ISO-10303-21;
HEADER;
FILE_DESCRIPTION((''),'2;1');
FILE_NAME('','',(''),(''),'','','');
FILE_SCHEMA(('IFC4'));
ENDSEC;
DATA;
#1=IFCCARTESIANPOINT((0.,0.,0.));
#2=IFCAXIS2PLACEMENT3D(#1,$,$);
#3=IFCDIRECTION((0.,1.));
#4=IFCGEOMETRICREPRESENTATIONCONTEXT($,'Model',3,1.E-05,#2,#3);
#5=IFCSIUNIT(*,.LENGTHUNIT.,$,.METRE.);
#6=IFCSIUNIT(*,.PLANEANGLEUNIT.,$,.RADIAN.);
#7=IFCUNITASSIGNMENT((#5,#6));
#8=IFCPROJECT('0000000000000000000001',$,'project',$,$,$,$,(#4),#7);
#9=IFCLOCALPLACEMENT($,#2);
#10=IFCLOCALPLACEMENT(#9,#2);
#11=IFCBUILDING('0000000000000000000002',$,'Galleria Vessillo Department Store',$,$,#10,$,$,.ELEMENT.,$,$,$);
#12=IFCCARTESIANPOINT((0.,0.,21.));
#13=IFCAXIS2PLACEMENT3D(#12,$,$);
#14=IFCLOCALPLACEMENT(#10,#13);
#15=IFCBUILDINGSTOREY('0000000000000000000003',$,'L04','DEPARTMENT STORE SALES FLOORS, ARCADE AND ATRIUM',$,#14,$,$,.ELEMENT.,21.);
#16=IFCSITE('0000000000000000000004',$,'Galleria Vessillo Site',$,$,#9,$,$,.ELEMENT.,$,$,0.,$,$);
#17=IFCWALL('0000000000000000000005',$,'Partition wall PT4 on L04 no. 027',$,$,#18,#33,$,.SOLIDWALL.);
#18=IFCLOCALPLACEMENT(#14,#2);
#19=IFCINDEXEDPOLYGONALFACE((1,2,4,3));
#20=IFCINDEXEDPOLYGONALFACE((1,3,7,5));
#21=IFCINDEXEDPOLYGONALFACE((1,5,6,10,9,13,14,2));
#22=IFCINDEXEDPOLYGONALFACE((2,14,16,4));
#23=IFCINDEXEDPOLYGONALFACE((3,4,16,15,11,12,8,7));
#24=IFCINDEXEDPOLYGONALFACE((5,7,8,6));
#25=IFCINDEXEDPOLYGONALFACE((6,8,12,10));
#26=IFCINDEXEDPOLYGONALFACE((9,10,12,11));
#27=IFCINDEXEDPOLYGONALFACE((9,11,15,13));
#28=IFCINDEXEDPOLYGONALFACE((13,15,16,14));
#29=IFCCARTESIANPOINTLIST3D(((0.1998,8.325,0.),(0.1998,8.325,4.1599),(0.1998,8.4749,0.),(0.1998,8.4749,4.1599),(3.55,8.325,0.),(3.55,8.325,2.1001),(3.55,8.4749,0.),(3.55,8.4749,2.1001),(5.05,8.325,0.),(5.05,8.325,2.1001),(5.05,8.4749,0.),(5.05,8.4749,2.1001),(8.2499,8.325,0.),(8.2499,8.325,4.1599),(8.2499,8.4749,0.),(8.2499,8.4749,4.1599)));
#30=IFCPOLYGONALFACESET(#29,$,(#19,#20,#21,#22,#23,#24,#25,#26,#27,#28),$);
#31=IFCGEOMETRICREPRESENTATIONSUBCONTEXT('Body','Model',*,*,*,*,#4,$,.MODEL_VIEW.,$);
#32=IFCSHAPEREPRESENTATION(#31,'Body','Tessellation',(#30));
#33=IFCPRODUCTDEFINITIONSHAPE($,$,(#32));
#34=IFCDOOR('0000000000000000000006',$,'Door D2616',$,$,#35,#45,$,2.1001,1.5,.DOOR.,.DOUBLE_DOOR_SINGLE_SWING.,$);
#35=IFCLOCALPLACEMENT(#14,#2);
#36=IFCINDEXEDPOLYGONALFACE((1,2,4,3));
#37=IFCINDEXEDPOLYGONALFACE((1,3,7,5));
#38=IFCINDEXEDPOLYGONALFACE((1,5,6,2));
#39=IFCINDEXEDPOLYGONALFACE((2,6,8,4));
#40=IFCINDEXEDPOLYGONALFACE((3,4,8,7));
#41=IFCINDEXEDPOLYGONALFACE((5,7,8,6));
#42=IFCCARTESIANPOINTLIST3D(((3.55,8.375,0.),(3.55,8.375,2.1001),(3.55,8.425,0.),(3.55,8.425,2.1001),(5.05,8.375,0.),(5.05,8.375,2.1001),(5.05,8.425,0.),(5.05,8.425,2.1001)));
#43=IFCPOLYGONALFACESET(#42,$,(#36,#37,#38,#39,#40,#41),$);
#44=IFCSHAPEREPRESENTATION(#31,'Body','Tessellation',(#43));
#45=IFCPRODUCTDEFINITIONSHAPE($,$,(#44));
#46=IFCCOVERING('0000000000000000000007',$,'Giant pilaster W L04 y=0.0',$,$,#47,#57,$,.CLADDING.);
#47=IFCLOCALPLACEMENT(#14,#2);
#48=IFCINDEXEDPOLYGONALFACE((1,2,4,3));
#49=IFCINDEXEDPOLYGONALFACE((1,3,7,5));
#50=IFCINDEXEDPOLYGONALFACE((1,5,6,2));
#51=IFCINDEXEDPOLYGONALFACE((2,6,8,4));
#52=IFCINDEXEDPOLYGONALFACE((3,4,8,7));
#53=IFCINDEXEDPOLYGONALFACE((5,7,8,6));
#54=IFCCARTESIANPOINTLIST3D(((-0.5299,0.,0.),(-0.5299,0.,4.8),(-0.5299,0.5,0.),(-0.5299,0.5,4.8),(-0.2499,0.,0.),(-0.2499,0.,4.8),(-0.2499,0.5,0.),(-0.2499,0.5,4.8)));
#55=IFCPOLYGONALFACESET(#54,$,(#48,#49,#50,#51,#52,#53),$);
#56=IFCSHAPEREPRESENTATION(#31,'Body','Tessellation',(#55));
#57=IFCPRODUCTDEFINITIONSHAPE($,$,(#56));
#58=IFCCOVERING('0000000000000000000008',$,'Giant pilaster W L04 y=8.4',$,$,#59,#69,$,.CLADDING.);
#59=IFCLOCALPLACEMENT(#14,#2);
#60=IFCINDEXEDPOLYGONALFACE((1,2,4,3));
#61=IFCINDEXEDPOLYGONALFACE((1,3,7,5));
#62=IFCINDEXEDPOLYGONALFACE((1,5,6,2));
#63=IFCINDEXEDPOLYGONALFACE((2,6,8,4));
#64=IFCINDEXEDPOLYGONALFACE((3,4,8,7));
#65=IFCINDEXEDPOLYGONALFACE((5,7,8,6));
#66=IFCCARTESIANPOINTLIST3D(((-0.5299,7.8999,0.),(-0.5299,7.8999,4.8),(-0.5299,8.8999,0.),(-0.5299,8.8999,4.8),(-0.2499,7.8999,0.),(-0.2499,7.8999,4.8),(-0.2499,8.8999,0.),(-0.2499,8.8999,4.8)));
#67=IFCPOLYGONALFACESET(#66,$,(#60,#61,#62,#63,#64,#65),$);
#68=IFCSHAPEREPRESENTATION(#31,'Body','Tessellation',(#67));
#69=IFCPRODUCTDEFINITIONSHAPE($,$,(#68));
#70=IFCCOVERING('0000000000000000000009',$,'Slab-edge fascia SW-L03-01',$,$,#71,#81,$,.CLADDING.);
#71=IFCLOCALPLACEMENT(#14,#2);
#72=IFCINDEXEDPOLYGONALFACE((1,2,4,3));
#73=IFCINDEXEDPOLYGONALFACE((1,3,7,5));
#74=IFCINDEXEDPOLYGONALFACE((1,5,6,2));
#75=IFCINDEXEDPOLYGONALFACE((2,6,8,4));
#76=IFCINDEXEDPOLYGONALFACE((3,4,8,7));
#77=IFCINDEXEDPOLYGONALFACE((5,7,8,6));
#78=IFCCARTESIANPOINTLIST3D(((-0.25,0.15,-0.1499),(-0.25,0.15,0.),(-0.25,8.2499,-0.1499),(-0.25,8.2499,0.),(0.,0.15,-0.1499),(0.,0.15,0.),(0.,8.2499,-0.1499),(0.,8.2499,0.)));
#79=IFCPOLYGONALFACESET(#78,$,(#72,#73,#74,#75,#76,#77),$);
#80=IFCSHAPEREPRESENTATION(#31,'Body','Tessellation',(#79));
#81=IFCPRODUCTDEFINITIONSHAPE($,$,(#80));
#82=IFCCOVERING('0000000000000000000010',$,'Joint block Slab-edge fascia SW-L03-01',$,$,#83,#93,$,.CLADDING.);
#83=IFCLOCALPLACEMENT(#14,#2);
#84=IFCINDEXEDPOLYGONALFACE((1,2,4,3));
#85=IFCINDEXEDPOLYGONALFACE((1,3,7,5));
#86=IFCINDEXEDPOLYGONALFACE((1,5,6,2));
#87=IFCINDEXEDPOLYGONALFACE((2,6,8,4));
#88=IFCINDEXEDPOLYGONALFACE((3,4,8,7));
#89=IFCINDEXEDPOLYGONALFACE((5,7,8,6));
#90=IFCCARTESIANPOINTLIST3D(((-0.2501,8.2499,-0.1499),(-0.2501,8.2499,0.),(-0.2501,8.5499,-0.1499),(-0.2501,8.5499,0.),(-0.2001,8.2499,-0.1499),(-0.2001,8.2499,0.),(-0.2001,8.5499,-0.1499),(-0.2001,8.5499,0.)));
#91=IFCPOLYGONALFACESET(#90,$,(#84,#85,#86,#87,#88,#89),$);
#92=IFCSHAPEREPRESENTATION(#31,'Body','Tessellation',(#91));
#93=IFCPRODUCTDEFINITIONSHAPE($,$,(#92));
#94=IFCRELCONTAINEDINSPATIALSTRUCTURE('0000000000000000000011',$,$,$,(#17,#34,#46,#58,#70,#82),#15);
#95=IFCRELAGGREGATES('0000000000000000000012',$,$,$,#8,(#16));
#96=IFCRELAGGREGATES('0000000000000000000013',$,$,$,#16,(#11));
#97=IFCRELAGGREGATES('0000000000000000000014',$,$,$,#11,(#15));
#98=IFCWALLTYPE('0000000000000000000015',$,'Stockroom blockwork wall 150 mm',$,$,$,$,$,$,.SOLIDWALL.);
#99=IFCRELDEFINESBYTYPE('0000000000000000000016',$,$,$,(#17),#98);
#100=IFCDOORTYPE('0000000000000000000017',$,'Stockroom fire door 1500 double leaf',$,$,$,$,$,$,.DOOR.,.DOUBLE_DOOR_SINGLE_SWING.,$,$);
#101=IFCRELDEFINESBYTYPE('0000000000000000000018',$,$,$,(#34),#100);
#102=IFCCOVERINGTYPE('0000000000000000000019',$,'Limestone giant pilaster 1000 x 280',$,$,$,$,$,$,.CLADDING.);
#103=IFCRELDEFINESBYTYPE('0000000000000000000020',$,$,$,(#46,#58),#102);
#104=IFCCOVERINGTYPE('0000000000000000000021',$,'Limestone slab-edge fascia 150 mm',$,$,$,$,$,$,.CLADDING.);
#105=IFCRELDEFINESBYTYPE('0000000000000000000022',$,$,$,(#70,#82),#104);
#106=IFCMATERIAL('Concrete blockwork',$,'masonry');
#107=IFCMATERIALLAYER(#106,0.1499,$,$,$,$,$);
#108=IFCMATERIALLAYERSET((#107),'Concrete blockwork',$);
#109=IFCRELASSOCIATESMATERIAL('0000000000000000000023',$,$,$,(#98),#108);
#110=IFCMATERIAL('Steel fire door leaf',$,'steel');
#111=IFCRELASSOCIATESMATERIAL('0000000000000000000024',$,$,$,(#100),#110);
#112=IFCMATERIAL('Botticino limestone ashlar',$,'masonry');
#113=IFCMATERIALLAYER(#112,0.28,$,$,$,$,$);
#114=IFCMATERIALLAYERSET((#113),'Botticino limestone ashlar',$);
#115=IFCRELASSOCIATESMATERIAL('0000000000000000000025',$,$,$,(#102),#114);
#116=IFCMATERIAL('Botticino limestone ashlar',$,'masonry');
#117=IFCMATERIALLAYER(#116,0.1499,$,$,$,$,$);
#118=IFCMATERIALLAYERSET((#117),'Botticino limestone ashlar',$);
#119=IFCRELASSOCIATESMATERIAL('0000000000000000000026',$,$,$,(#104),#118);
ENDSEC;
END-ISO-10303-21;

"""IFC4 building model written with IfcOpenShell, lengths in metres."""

from ifc_helpers import new_model, si_unit, direction, frame, frame_2d, origin, origin_2d, place, context, subcontext, project, spatial, rectangle, extrude, material, layer, layer_set, type_object, element, fill, save


model = new_model("IFC4")

# Units and contexts
model_context = context("Model", 3, precision=1e-05, world=origin(), true_north=direction((0.0, 1.0)))
body_context = subcontext(model_context, "Body", "Model", "MODEL_VIEW")
ifc_project = project(units=[si_unit("LENGTHUNIT", "METRE"), si_unit("PLANEANGLEUNIT", "RADIAN")], contexts=[model_context])

# Site, building, storey
site_placement = place(None, origin())
site = spatial("IfcSite", under=ifc_project, at=site_placement, Name="Galleria Vessillo Site", CompositionType="ELEMENT", RefElevation=0.0)
building_placement = place(site_placement, origin())
building = spatial("IfcBuilding", under=site, at=building_placement, Name="Galleria Vessillo Department Store", CompositionType="ELEMENT")
storey_placement = place(building_placement, frame((0.0, 0.0, 21.0)))
storey = spatial("IfcBuildingStorey", under=building, at=storey_placement, Name="L04", Description="DEPARTMENT STORE SALES FLOORS, ARCADE AND ATRIUM", CompositionType="ELEMENT", Elevation=21.0)

# Wall, opening, door
ifc_material_1 = material(Name="Concrete blockwork", Category="masonry")
ifc_layer_1 = layer(ifc_material_1, 0.1499)
ifc_layer_set_1 = layer_set([ifc_layer_1], Name="Concrete blockwork")
wall_type_1 = type_object("IfcWallType", Name="Stockroom blockwork wall 150 mm", PredefinedType="SOLIDWALL", material=ifc_layer_set_1)
wall_1_placement = place(storey_placement, frame((0.2, 8.3999, 0.0), z_axis=(0.0, 0.0, 1.0), x_axis=(1.0, 0.0, 0.0)))
wall_1 = element("IfcWall", 1, at=wall_1_placement, inside=storey, type_object=wall_type_1, Name="Partition wall PT4 on L04 no. 027", PredefinedType="SOLIDWALL", context=body_context, shape_type="SweptSolid", body=[
    extrude(rectangle(XDim=8.05, YDim=0.1499, at=frame_2d((4.0249, 0.0))), origin(), (0.0, 0.0, 1.0), 4.1599),
])
opening_1_placement = place(wall_1_placement, frame((3.3501, 0.0, 0.0)))
opening_1 = element("IfcOpeningElement", 2, at=opening_1_placement, cuts=wall_1, PredefinedType="OPENING", context=body_context, shape_type="SweptSolid", body=[
    extrude(rectangle(XDim=1.5, YDim=2.1001, at=frame_2d((0.75, 1.05))), frame((0.0, 0.085, 0.0), z_axis=(0.0, -1.0, 0.0), x_axis=(1.0, 0.0, 0.0)), (0.0, 0.0, 1.0), 0.1699),
])
ifc_material_2 = material(Name="Steel fire door leaf", Category="steel")
door_type_1 = type_object("IfcDoorType", Name="Stockroom fire door 1500 double leaf", OperationType="DOUBLE_DOOR_SINGLE_SWING", PredefinedType="DOOR", material=ifc_material_2)
door_1_placement = place(opening_1_placement, frame((1.5, 0.0, 0.0), z_axis=(0.0, 0.0, 1.0), x_axis=(-1.0, 0.0, 0.0)))
door_1 = element("IfcDoor", 3, at=door_1_placement, inside=storey, type_object=door_type_1, Name="Door D2616", OperationType="DOUBLE_DOOR_SINGLE_SWING", OverallHeight=2.1001, OverallWidth=1.5, PredefinedType="DOOR", context=body_context, shape_type="SweptSolid", body=[
    extrude(rectangle(XDim=1.5, YDim=2.1001, at=frame_2d((0.75, 1.05))), frame((0.0, 0.0249, 0.0), z_axis=(0.0, -1.0, 0.0), x_axis=(1.0, 0.0, 0.0)), (0.0, 0.0, 1.0), 0.05),
])
fill(opening_1, door_1)

# Coverings
ifc_material_3 = material(Name="Botticino limestone ashlar", Category="masonry")
ifc_layer_2 = layer(ifc_material_3, 0.28)
ifc_layer_set_2 = layer_set([ifc_layer_2], Name="Botticino limestone ashlar")
covering_type_1 = type_object("IfcCoveringType", Name="Limestone giant pilaster 1000 x 280", PredefinedType="CLADDING", material=ifc_layer_set_2)
covering_1_placement = place(storey_placement, frame((-0.3899, 0.25, 0.0), z_axis=(0.0, 0.0, 1.0), x_axis=(1.0, 0.0, 0.0)))
element("IfcCovering", 4, at=covering_1_placement, inside=storey, type_object=covering_type_1, Name="Giant pilaster W L04 y=0.0", PredefinedType="CLADDING", context=body_context, shape_type="SweptSolid", body=[
    extrude(rectangle(XDim=0.28, YDim=0.5, at=origin_2d()), origin(), (0.0, 0.0, 1.0), 4.8),
])
covering_2_placement = place(storey_placement, frame((-0.3899, 8.3999, 0.0), z_axis=(0.0, 0.0, 1.0), x_axis=(1.0, 0.0, 0.0)))
element("IfcCovering", 5, at=covering_2_placement, inside=storey, type_object=covering_type_1, Name="Giant pilaster W L04 y=8.4", PredefinedType="CLADDING", context=body_context, shape_type="SweptSolid", body=[
    extrude(rectangle(XDim=0.28, YDim=1.0, at=origin_2d()), origin(), (0.0, 0.0, 1.0), 4.8),
])
ifc_material_4 = material(Name="Botticino limestone ashlar", Category="masonry")
ifc_layer_3 = layer(ifc_material_4, 0.1499)
ifc_layer_set_3 = layer_set([ifc_layer_3], Name="Botticino limestone ashlar")
covering_type_2 = type_object("IfcCoveringType", Name="Limestone slab-edge fascia 150 mm", PredefinedType="CLADDING", material=ifc_layer_set_3)
covering_3_placement = place(storey_placement, frame((-0.125, 4.2, -0.1499), z_axis=(0.0, 0.0, 1.0), x_axis=(1.0, 0.0, 0.0)))
element("IfcCovering", 6, at=covering_3_placement, inside=storey, type_object=covering_type_2, Name="Slab-edge fascia SW-L03-01", PredefinedType="CLADDING", context=body_context, shape_type="SweptSolid", body=[
    extrude(rectangle(XDim=0.25, YDim=8.0999, at=origin_2d()), origin(), (0.0, 0.0, 1.0), 0.1499),
])
covering_4_placement = place(storey_placement, frame((-0.2251, 8.3999, -0.1499), z_axis=(0.0, 0.0, 1.0), x_axis=(1.0, 0.0, 0.0)))
element("IfcCovering", 7, at=covering_4_placement, inside=storey, type_object=covering_type_2, Name="Joint block Slab-edge fascia SW-L03-01", PredefinedType="CLADDING", context=body_context, shape_type="SweptSolid", body=[
    extrude(rectangle(XDim=0.05, YDim=0.3, at=origin_2d()), origin(), (0.0, 0.0, 1.0), 0.1499),
])

save(model, "model.ifc")
